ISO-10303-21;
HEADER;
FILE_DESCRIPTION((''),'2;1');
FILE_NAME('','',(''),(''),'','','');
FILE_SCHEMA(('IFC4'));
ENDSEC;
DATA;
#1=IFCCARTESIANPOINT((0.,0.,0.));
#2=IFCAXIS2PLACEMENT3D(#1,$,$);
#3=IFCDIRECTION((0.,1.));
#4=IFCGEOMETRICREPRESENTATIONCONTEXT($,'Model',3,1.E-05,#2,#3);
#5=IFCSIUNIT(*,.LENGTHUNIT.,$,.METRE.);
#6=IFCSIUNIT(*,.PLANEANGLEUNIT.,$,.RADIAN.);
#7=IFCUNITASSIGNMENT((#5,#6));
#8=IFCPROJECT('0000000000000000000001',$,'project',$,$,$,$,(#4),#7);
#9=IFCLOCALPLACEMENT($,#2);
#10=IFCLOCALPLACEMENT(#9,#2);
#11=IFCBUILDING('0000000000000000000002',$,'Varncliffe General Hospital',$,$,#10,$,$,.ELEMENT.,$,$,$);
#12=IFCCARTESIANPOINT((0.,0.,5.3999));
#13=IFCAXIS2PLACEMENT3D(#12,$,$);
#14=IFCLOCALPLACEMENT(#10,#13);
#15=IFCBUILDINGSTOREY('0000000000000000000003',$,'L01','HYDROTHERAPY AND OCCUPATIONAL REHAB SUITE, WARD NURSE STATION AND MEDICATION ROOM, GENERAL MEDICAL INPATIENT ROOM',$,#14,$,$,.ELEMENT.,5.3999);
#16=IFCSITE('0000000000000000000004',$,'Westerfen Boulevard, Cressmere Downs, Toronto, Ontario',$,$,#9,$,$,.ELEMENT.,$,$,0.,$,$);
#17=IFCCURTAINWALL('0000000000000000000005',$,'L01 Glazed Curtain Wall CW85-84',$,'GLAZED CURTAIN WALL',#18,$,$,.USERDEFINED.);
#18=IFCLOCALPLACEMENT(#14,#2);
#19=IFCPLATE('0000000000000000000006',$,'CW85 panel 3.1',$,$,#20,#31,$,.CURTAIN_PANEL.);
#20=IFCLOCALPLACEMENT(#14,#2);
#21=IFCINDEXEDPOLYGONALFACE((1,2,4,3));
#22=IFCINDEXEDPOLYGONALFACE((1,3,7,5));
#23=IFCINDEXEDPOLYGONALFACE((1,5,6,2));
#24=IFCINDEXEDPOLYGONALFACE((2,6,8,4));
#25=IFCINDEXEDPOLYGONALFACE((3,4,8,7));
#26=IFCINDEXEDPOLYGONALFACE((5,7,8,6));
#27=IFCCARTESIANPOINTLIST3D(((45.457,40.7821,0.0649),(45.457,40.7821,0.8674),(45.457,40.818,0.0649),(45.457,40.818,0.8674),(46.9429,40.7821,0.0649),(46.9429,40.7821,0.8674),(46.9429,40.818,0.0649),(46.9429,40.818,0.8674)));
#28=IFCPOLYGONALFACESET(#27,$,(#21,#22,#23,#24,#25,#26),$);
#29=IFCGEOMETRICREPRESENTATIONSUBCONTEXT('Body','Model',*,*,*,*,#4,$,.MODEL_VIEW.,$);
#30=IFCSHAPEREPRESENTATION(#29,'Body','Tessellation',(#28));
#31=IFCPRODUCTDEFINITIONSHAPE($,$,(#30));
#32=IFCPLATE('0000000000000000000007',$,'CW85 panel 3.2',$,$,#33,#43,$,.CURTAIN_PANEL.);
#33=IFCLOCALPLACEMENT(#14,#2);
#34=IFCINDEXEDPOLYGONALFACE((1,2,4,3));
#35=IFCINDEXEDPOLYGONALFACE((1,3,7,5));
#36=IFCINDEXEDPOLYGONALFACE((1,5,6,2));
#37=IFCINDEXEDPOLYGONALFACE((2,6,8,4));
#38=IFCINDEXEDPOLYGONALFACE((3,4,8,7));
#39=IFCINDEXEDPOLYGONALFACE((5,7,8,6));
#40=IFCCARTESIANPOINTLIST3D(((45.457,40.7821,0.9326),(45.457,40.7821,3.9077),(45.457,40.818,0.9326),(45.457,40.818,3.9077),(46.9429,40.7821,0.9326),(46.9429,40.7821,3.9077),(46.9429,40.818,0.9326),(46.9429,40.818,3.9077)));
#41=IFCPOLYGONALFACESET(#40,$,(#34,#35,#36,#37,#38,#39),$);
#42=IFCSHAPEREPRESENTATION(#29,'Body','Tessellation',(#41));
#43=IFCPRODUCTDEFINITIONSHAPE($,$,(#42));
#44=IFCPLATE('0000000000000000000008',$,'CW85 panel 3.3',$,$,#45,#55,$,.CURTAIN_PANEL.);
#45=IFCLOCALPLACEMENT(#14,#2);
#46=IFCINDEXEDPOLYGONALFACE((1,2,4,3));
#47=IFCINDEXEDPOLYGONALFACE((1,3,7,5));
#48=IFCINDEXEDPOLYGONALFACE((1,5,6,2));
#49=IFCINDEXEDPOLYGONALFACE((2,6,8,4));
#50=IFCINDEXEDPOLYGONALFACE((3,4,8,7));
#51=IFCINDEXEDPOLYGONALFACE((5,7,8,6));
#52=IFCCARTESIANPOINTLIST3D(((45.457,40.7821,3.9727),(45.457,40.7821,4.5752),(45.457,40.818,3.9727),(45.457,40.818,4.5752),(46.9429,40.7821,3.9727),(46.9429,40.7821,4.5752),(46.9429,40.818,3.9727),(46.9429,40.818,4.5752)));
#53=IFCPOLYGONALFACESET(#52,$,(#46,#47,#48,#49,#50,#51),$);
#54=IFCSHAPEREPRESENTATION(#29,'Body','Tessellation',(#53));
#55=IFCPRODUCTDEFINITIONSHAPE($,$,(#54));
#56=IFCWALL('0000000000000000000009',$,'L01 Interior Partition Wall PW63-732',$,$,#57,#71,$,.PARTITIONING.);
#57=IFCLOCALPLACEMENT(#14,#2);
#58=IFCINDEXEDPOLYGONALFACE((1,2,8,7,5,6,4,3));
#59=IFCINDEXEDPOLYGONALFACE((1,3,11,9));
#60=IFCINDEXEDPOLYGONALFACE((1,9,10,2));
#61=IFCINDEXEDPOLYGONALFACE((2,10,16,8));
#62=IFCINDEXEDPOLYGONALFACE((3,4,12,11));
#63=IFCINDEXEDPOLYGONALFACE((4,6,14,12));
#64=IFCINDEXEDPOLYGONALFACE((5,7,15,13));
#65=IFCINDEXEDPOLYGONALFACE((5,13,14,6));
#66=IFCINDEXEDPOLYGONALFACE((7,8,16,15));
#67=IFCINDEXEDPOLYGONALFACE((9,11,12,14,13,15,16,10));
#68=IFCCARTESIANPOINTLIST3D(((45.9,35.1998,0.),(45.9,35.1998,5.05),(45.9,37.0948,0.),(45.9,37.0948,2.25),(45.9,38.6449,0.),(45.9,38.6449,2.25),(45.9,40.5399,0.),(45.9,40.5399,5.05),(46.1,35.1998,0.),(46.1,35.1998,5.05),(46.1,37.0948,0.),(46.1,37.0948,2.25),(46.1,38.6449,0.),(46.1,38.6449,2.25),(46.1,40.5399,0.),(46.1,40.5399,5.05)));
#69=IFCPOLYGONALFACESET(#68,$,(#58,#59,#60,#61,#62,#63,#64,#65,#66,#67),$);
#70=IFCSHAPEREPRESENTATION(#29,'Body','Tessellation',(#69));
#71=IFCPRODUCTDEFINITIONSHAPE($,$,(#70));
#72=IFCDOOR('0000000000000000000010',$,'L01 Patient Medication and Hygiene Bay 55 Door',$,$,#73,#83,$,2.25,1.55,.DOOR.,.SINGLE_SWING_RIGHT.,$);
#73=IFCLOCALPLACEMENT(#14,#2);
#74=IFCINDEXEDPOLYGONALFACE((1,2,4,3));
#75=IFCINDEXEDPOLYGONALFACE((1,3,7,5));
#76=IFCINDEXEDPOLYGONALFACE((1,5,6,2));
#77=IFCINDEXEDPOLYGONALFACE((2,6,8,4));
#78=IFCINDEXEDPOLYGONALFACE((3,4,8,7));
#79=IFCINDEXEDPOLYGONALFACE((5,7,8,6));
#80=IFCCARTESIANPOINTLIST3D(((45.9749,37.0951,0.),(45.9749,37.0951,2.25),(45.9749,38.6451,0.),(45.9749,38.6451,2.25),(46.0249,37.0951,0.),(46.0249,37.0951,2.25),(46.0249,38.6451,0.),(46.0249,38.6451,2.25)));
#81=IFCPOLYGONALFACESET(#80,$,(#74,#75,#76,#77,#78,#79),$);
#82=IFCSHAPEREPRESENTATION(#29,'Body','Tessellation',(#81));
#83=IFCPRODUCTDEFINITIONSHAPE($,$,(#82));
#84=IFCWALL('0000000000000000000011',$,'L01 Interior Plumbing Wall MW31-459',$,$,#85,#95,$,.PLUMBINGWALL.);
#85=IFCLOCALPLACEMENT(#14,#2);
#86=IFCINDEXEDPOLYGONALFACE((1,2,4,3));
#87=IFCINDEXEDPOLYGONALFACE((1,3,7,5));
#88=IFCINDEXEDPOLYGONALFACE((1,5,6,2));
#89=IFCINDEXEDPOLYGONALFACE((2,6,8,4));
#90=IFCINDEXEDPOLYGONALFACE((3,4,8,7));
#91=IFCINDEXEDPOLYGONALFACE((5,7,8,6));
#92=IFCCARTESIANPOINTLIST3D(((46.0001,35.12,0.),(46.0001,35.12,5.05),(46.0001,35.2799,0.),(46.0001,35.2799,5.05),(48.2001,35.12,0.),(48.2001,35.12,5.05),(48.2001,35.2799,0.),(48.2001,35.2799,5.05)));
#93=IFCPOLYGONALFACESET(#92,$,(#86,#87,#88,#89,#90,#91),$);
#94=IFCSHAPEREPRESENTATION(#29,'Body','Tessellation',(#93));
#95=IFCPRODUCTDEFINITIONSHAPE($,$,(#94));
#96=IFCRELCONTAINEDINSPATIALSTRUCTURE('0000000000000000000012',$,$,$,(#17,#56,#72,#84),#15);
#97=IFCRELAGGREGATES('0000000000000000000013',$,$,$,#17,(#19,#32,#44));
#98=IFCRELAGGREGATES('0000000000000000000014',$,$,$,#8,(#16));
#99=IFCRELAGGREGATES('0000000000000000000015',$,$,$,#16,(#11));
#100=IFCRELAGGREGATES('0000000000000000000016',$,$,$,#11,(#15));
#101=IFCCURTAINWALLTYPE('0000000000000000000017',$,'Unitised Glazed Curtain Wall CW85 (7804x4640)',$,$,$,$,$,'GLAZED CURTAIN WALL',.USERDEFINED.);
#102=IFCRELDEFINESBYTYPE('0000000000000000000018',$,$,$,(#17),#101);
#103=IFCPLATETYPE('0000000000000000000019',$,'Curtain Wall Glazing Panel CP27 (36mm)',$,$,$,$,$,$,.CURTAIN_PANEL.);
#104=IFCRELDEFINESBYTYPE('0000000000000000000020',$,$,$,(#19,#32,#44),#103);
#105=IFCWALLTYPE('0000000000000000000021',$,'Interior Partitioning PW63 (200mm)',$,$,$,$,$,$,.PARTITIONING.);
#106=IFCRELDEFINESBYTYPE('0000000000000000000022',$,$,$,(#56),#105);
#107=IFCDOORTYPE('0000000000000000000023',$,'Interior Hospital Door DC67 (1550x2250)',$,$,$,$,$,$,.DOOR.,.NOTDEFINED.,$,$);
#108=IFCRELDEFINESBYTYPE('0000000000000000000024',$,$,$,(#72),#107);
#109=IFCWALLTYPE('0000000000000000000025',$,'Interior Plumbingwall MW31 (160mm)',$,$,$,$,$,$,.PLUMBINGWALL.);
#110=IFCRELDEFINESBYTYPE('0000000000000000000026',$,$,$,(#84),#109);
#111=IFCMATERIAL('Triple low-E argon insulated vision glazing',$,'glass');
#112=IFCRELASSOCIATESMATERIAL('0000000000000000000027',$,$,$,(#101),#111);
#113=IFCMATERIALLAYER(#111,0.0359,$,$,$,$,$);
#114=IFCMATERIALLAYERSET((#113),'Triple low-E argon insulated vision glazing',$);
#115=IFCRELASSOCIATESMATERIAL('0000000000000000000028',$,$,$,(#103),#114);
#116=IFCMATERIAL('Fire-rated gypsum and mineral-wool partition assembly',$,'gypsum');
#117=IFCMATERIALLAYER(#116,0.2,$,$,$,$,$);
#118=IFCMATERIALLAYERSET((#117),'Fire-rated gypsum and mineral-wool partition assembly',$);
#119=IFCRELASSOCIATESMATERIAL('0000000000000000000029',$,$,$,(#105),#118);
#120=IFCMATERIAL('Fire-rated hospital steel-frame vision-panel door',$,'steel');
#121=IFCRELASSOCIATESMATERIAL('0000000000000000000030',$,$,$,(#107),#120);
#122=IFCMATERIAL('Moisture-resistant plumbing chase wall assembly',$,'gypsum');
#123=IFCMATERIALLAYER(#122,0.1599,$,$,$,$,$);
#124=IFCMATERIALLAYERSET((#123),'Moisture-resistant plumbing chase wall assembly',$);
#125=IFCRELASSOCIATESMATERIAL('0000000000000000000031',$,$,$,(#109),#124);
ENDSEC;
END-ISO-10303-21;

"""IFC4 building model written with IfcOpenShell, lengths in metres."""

from ifc_helpers import new_model, si_unit, direction, frame, frame_2d, origin, origin_2d, place, context, subcontext, project, spatial, rectangle, extrude, material, layer, layer_set, type_object, element, fill, aggregate, save


model = new_model("IFC4")

# Units and contexts
model_context = context("Model", 3, precision=1e-05, world=origin(), true_north=direction((0.0, 1.0)))
body_context = subcontext(model_context, "Body", "Model", "MODEL_VIEW")
ifc_project = project(units=[si_unit("LENGTHUNIT", "METRE"), si_unit("PLANEANGLEUNIT", "RADIAN")], contexts=[model_context])

# Site, building, storey
site_placement = place(None, origin())
site = spatial("IfcSite", under=ifc_project, at=site_placement, Name="Westerfen Boulevard, Cressmere Downs, Toronto, Ontario", CompositionType="ELEMENT", RefElevation=0.0)
building_placement = place(site_placement, origin())
building = spatial("IfcBuilding", under=site, at=building_placement, Name="Varncliffe General Hospital", CompositionType="ELEMENT")
storey_placement = place(building_placement, frame((0.0, 0.0, 5.3999)))
storey = spatial("IfcBuildingStorey", under=building, at=storey_placement, Name="L01", Description="HYDROTHERAPY AND OCCUPATIONAL REHAB SUITE, WARD NURSE STATION AND MEDICATION ROOM, GENERAL MEDICAL INPATIENT ROOM", CompositionType="ELEMENT", Elevation=5.3999)

# Curtain wall, plates
ifc_material_1 = material(Name="Triple low-E argon insulated vision glazing", Category="glass")
curtain_wall_type = type_object("IfcCurtainWallType", Name="Unitised Glazed Curtain Wall CW85 (7804x4640)", ElementType="GLAZED CURTAIN WALL", PredefinedType="USERDEFINED", material=ifc_material_1)
curtain_wall_placement = place(storey_placement, origin())
curtain_wall = element("IfcCurtainWall", 1, at=curtain_wall_placement, inside=storey, type_object=curtain_wall_type, Name="L01 Glazed Curtain Wall CW85-84", ObjectType="GLAZED CURTAIN WALL", PredefinedType="USERDEFINED")
ifc_layer_1 = layer(ifc_material_1, 0.0359)
ifc_layer_set_1 = layer_set([ifc_layer_1], Name="Triple low-E argon insulated vision glazing")
plate_type = type_object("IfcPlateType", Name="Curtain Wall Glazing Panel CP27 (36mm)", PredefinedType="CURTAIN_PANEL", material=ifc_layer_set_1)
plate_1_placement = place(storey_placement, frame((46.2, 40.8, 0.0649), z_axis=(0.0, 0.0, 1.0), x_axis=(1.0, 0.0, 0.0)))
plate_1 = element("IfcPlate", 2, at=plate_1_placement, type_object=plate_type, Name="CW85 panel 3.1", PredefinedType="CURTAIN_PANEL", context=body_context, shape_type="SweptSolid", body=[
    extrude(rectangle(XDim=1.4858, YDim=0.0359, at=origin_2d()), origin(), (0.0, 0.0, 1.0), 0.8025),
])
plate_2_placement = place(storey_placement, frame((46.2, 40.8, 0.9326), z_axis=(0.0, 0.0, 1.0), x_axis=(1.0, 0.0, 0.0)))
plate_2 = element("IfcPlate", 3, at=plate_2_placement, type_object=plate_type, Name="CW85 panel 3.2", PredefinedType="CURTAIN_PANEL", context=body_context, shape_type="SweptSolid", body=[
    extrude(rectangle(XDim=1.4858, YDim=0.0359, at=origin_2d()), origin(), (0.0, 0.0, 1.0), 2.9751),
])
plate_3_placement = place(storey_placement, frame((46.2, 40.8, 3.9727), z_axis=(0.0, 0.0, 1.0), x_axis=(1.0, 0.0, 0.0)))
plate_3 = element("IfcPlate", 4, at=plate_3_placement, type_object=plate_type, Name="CW85 panel 3.3", PredefinedType="CURTAIN_PANEL", context=body_context, shape_type="SweptSolid", body=[
    extrude(rectangle(XDim=1.4858, YDim=0.0359, at=origin_2d()), origin(), (0.0, 0.0, 1.0), 0.6025),
])
aggregate(curtain_wall, [plate_1, plate_2, plate_3])

# Wall, opening, door
ifc_material_2 = material(Name="Fire-rated gypsum and mineral-wool partition assembly", Category="gypsum")
ifc_layer_2 = layer(ifc_material_2, 0.2)
ifc_layer_set_2 = layer_set([ifc_layer_2], Name="Fire-rated gypsum and mineral-wool partition assembly")
wall_type_1 = type_object("IfcWallType", Name="Interior Partitioning PW63 (200mm)", PredefinedType="PARTITIONING", material=ifc_layer_set_2)
wall_1_placement = place(storey_placement, frame((46.0, 35.2, 0.0), z_axis=(0.0, 0.0, 1.0), x_axis=(0.0, 1.0, 0.0)))
wall_1 = element("IfcWall", 5, at=wall_1_placement, inside=storey, type_object=wall_type_1, Name="L01 Interior Partition Wall PW63-732", PredefinedType="PARTITIONING", context=body_context, shape_type="SweptSolid", body=[
    extrude(rectangle(XDim=5.3401, YDim=0.2, at=frame_2d((2.6699, 0.0))), origin(), (0.0, 0.0, 1.0), 5.05),
])
opening_placement = place(wall_1_placement, frame((1.895, 0.0, 0.0)))
opening = element("IfcOpeningElement", 6, at=opening_placement, cuts=wall_1, PredefinedType="OPENING", context=body_context, shape_type="SweptSolid", body=[
    extrude(rectangle(XDim=1.55, YDim=2.25, at=frame_2d((0.7749, 1.125))), frame((0.0, 0.1099, 0.0), z_axis=(0.0, -1.0, 0.0), x_axis=(1.0, 0.0, 0.0)), (0.0, 0.0, 1.0), 0.22),
])
ifc_material_3 = material(Name="Fire-rated hospital steel-frame vision-panel door", Category="steel")
door_type = type_object("IfcDoorType", Name="Interior Hospital Door DC67 (1550x2250)", OperationType="NOTDEFINED", PredefinedType="DOOR", material=ifc_material_3)
door_placement = place(opening_placement, frame((1.55, 0.0, 0.0), z_axis=(0.0, 0.0, 1.0), x_axis=(-1.0, 0.0, 0.0)))
door = element("IfcDoor", 7, at=door_placement, inside=storey, type_object=door_type, Name="L01 Patient Medication and Hygiene Bay 55 Door", OperationType="SINGLE_SWING_RIGHT", OverallHeight=2.25, OverallWidth=1.55, PredefinedType="DOOR", context=body_context, shape_type="SweptSolid", body=[
    extrude(rectangle(XDim=1.55, YDim=2.25, at=frame_2d((0.7749, 1.125))), frame((0.0, 0.0249, 0.0), z_axis=(0.0, -1.0, 0.0), x_axis=(1.0, 0.0, 0.0)), (0.0, 0.0, 1.0), 0.05),
])
fill(opening, door)

# Wall
ifc_material_4 = material(Name="Moisture-resistant plumbing chase wall assembly", Category="gypsum")
ifc_layer_3 = layer(ifc_material_4, 0.1599)
ifc_layer_set_3 = layer_set([ifc_layer_3], Name="Moisture-resistant plumbing chase wall assembly")
wall_type_2 = type_object("IfcWallType", Name="Interior Plumbingwall MW31 (160mm)", PredefinedType="PLUMBINGWALL", material=ifc_layer_set_3)
wall_2_placement = place(storey_placement, frame((46.0, 35.2, 0.0), z_axis=(0.0, 0.0, 1.0), x_axis=(1.0, 0.0, 0.0)))
element("IfcWall", 8, at=wall_2_placement, inside=storey, type_object=wall_type_2, Name="L01 Interior Plumbing Wall MW31-459", PredefinedType="PLUMBINGWALL", context=body_context, shape_type="SweptSolid", body=[
    extrude(rectangle(XDim=2.2, YDim=0.1599, at=frame_2d((1.1001, 0.0))), origin(), (0.0, 0.0, 1.0), 5.05),
])

save(model, "model.ifc")
